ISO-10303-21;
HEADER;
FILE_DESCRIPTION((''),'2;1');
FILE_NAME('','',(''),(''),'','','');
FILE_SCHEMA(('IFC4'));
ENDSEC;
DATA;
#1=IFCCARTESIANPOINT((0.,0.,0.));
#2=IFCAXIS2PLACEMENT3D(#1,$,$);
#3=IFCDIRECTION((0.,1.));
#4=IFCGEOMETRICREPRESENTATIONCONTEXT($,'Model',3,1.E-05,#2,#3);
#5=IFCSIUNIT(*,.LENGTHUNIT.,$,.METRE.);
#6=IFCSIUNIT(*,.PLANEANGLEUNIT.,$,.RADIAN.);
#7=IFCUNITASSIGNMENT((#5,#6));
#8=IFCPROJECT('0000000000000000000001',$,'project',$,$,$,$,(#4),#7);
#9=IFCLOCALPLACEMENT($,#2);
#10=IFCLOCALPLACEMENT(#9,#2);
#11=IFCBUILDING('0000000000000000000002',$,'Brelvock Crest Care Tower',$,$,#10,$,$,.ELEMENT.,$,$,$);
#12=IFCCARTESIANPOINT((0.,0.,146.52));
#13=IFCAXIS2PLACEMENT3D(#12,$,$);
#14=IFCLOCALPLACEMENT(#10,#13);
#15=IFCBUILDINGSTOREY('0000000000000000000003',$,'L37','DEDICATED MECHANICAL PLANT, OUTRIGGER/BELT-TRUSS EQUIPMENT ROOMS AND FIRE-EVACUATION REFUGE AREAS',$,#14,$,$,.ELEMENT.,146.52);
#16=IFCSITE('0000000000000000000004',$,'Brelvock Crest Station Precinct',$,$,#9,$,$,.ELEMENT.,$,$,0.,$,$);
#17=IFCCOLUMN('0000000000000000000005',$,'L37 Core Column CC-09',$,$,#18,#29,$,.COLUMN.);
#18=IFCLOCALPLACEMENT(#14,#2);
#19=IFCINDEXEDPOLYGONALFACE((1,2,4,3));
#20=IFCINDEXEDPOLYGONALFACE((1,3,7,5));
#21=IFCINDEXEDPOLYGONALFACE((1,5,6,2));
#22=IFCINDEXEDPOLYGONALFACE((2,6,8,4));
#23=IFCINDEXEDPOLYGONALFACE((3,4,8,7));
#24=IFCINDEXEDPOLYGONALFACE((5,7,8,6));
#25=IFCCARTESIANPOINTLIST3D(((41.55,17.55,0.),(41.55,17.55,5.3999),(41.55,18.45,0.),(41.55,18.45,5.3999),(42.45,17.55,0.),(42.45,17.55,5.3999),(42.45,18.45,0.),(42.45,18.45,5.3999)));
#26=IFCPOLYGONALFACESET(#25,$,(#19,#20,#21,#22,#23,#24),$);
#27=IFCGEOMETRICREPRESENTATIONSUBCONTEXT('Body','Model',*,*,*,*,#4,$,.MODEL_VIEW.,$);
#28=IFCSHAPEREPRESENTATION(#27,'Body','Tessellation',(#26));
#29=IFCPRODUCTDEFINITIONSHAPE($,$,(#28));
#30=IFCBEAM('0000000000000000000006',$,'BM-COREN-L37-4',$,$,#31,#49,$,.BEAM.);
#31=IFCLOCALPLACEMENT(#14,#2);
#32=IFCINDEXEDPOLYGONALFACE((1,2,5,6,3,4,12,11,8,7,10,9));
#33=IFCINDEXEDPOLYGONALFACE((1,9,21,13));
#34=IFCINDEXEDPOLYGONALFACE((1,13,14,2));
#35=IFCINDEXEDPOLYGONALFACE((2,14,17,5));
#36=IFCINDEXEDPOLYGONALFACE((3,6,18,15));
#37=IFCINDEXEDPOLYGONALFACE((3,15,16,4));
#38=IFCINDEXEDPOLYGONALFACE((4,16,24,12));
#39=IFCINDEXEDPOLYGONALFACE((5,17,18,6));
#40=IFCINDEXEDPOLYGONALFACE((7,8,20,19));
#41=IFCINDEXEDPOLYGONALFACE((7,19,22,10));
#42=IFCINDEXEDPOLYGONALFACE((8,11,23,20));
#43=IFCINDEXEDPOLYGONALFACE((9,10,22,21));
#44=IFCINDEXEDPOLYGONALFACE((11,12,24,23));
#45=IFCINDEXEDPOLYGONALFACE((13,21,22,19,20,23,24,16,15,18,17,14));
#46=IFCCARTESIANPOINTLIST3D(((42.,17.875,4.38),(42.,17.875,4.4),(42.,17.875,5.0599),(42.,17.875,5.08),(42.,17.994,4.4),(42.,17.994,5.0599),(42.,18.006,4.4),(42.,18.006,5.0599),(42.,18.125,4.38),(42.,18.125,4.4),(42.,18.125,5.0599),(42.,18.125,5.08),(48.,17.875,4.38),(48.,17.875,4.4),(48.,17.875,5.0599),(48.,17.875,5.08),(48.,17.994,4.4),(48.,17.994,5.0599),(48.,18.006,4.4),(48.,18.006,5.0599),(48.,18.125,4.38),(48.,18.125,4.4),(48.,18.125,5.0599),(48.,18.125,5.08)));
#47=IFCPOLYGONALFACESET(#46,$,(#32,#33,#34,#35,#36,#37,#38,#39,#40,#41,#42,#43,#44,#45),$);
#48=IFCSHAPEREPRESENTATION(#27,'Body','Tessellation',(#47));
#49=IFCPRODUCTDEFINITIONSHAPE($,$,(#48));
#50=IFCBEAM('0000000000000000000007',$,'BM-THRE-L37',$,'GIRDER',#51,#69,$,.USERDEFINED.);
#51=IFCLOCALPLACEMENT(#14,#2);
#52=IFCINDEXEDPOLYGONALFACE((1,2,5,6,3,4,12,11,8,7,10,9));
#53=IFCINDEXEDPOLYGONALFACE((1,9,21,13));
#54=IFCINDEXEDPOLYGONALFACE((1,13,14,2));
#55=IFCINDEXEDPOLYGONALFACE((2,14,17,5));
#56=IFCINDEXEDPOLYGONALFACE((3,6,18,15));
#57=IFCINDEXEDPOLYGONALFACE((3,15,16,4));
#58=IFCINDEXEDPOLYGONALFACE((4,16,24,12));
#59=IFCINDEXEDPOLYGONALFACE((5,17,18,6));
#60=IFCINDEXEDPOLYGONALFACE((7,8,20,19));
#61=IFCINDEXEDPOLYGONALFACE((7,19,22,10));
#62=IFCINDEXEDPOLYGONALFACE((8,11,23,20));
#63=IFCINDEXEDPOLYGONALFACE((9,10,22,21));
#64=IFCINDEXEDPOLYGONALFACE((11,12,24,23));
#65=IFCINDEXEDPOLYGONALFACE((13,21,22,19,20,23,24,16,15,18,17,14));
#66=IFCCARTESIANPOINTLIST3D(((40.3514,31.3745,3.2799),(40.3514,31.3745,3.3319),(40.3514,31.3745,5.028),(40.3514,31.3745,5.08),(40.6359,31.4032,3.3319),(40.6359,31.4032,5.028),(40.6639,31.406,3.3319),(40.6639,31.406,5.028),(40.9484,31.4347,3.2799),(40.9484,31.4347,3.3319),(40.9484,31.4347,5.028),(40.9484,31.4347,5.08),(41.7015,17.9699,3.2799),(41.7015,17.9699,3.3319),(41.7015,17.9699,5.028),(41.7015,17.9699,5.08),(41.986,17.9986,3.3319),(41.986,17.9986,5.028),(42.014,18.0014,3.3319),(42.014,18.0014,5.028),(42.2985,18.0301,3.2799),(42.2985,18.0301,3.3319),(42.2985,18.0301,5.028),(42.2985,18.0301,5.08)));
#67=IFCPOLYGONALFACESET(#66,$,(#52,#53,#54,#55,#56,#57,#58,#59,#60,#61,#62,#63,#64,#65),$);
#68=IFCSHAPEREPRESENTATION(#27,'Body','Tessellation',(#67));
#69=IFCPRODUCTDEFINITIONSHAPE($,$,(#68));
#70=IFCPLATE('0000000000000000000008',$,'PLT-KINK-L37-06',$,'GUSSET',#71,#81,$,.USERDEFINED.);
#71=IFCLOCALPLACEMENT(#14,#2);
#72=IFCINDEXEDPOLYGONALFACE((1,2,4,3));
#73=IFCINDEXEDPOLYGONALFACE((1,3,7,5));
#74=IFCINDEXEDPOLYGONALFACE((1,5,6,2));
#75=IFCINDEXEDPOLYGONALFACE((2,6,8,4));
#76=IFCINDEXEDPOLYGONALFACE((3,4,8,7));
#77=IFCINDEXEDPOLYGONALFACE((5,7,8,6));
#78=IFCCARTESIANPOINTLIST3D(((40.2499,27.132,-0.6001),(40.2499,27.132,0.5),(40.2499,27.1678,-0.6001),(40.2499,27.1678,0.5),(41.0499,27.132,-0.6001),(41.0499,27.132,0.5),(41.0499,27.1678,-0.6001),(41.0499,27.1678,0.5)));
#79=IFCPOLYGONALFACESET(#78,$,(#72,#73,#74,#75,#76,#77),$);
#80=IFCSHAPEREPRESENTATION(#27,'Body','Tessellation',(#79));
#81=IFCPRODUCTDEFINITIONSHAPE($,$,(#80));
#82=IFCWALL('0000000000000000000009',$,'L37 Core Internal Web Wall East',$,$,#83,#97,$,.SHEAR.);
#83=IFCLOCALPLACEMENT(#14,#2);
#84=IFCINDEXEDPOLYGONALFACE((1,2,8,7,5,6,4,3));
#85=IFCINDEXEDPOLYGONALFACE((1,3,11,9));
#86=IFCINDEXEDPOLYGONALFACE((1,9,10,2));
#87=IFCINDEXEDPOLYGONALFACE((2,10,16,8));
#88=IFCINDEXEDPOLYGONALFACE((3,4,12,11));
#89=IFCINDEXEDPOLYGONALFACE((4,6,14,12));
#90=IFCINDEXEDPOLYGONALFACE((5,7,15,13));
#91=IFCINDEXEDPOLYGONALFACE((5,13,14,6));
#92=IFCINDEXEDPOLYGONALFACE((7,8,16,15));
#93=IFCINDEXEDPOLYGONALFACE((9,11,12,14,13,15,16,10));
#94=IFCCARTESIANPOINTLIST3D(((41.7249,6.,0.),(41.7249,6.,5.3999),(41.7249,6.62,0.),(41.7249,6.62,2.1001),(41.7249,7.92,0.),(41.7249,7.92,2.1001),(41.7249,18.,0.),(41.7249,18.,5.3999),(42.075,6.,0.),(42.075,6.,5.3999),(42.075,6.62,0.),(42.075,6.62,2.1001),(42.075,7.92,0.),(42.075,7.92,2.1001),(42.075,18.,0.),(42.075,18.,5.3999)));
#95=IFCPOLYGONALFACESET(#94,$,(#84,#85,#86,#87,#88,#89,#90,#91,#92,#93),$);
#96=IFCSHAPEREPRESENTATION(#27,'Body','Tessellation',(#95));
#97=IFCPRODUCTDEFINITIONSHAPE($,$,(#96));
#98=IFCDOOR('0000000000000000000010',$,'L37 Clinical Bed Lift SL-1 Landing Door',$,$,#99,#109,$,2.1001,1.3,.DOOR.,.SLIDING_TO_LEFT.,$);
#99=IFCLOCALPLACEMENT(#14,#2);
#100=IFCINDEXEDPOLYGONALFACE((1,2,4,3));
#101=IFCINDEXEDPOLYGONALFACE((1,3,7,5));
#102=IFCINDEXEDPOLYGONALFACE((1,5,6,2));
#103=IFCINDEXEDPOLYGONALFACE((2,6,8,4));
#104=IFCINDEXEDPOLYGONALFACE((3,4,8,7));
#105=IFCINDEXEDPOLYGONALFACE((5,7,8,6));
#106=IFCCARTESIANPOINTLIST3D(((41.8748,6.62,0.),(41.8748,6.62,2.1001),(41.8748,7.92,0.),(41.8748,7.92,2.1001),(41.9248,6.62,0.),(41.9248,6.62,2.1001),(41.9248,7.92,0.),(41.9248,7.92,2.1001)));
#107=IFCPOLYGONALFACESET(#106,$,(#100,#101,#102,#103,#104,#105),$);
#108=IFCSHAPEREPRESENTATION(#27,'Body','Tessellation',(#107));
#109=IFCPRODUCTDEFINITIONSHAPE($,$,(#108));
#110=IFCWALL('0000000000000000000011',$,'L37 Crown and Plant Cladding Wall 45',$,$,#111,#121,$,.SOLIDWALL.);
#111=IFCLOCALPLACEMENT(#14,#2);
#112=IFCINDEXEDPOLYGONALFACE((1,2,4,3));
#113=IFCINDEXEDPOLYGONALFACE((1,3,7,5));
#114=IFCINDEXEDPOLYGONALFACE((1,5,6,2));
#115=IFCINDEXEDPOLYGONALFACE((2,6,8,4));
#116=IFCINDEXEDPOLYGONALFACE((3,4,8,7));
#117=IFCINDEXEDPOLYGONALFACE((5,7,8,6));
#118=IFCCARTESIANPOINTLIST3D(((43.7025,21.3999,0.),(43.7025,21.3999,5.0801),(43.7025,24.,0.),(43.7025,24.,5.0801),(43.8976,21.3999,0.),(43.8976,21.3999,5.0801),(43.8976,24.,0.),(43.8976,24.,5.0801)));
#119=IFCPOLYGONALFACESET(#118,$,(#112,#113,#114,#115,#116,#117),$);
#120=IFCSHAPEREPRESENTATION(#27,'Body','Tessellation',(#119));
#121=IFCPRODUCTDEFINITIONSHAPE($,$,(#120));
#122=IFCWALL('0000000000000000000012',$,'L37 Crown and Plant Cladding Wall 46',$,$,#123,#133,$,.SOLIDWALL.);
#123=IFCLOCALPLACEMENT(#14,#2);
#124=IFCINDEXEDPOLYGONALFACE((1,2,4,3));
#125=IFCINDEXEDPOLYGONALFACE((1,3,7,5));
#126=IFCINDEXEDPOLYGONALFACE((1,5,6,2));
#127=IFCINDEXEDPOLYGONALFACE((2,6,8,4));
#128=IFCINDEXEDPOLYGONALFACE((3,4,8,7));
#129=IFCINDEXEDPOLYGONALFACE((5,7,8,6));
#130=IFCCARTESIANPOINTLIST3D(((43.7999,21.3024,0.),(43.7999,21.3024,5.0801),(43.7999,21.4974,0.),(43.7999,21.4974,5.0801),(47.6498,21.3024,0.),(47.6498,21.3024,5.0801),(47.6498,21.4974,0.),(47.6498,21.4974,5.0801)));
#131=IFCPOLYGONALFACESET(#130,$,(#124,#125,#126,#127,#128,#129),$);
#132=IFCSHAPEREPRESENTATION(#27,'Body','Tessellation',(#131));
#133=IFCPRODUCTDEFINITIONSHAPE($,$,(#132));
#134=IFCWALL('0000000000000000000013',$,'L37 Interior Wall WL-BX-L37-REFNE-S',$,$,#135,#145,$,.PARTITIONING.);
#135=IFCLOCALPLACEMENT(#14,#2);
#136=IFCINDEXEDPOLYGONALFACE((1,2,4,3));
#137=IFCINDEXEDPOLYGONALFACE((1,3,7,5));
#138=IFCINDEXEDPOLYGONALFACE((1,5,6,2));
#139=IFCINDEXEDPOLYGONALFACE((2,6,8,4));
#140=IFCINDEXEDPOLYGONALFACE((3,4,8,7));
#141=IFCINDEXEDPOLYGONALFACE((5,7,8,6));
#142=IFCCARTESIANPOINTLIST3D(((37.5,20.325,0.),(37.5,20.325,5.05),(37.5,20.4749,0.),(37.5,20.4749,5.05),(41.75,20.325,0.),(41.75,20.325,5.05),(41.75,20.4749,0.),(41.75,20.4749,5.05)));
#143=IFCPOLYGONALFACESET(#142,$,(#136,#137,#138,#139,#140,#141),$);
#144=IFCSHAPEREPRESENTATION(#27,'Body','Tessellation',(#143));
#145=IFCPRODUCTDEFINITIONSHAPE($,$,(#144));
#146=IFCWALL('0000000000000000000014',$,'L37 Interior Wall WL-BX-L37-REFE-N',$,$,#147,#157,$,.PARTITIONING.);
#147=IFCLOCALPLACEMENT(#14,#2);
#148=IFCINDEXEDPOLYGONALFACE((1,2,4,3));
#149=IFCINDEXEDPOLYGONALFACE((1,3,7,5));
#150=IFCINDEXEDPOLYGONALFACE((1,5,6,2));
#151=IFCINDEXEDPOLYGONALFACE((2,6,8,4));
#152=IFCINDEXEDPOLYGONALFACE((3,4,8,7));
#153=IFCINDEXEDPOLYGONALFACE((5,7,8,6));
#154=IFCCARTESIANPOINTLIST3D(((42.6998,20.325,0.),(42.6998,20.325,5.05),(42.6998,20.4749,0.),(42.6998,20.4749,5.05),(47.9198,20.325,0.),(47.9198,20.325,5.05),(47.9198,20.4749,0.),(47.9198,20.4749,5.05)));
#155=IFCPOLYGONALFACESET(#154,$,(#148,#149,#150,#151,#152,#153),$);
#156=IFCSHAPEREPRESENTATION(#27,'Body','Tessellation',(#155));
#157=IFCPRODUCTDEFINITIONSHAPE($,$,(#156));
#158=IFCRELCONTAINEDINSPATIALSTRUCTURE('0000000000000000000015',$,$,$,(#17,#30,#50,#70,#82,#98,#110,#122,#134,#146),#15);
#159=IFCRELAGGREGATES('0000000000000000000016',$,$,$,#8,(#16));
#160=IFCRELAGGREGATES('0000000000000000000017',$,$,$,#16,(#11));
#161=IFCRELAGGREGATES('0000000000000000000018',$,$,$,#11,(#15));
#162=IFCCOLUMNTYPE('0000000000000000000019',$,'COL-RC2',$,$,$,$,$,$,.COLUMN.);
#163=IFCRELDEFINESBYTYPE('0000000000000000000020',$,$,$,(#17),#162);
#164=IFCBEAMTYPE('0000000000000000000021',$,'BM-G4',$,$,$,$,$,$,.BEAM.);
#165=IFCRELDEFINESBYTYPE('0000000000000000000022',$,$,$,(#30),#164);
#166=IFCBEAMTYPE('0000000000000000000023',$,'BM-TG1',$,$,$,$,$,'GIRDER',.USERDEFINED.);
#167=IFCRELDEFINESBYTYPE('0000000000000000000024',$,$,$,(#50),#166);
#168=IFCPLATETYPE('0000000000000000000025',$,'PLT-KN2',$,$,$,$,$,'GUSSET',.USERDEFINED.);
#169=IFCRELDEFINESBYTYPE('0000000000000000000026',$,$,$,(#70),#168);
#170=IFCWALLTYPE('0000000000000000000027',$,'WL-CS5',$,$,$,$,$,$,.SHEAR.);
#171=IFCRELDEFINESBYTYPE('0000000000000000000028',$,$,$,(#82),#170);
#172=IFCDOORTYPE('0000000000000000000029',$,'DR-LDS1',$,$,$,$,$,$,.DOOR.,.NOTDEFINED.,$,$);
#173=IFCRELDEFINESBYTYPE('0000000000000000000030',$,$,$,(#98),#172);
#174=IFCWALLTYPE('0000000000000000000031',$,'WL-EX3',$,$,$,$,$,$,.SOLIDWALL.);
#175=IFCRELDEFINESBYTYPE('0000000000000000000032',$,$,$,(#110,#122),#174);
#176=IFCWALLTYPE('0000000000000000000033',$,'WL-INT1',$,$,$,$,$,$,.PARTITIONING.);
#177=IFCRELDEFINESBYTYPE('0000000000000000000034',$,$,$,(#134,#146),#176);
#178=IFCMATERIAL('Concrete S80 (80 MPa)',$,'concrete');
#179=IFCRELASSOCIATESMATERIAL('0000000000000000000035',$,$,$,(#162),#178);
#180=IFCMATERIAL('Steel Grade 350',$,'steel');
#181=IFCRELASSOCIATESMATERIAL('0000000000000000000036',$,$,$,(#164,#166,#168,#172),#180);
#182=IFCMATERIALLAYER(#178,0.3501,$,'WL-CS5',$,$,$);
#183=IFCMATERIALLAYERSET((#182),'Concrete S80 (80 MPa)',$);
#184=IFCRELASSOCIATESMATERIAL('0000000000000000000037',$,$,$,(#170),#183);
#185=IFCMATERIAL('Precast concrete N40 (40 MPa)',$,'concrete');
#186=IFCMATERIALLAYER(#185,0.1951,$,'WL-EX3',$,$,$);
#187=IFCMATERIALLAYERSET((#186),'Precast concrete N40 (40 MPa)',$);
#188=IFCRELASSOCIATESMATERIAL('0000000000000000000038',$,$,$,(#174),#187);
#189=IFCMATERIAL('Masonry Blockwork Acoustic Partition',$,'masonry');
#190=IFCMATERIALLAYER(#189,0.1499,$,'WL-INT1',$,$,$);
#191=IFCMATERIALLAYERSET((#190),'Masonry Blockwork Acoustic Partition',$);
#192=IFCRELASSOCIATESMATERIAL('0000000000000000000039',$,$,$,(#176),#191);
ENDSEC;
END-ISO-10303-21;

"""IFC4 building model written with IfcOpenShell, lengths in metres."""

from ifc_helpers import new_model, si_unit, direction, frame, frame_2d, origin, origin_2d, place, context, subcontext, project, spatial, rectangle, i_section, extrude, source, transform, mapped, material, layer, layer_set, material_profile, profile_set, type_object, element, fill, save


model = new_model("IFC4")

# Units and contexts
model_context = context("Model", 3, precision=1e-05, world=origin(), true_north=direction((0.0, 1.0)))
body_context = subcontext(model_context, "Body", "Model", "MODEL_VIEW")
ifc_project = project(units=[si_unit("LENGTHUNIT", "METRE"), si_unit("PLANEANGLEUNIT", "RADIAN")], contexts=[model_context])

# Site, building, storey
site_placement = place(None, origin())
site = spatial("IfcSite", under=ifc_project, at=site_placement, Name="Brelvock Crest Station Precinct", CompositionType="ELEMENT", RefElevation=0.0)
building_placement = place(site_placement, origin())
building = spatial("IfcBuilding", under=site, at=building_placement, Name="Brelvock Crest Care Tower", CompositionType="ELEMENT")
storey_placement = place(building_placement, frame((0.0, 0.0, 146.52)))
storey = spatial("IfcBuildingStorey", under=building, at=storey_placement, Name="L37", Description="DEDICATED MECHANICAL PLANT, OUTRIGGER/BELT-TRUSS EQUIPMENT ROOMS AND FIRE-EVACUATION REFUGE AREAS", CompositionType="ELEMENT", Elevation=146.52)

# Column
ifc_material_1 = material(Name="Concrete S80 (80 MPa)", Category="concrete")
ifc_material_profile_1 = material_profile(ifc_material_1, rectangle(XDim=0.8999, YDim=0.8999, at=origin_2d()), Name="RC900x900")
ifc_profile_set_1 = profile_set([ifc_material_profile_1], Name="Concrete S80 (80 MPa)")
column_type = type_object("IfcColumnType", Name="COL-RC2", PredefinedType="COLUMN", material=ifc_profile_set_1)
shared_shape_1 = source(origin(), body_context, "Body", "SweptSolid", [
    extrude(rectangle(XDim=0.8999, YDim=0.8999, at=origin_2d()), origin(), (0.0, 0.0, 1.0), 5.3999),
])
column_placement = place(storey_placement, frame((42.0, 18.0, 0.0), z_axis=(0.0, 0.0, 1.0), x_axis=(1.0, 0.0, 0.0)))
element("IfcColumn", 1, at=column_placement, inside=storey, type_object=column_type, Name="L37 Core Column CC-09", PredefinedType="COLUMN", context=body_context, shape_type="MappedRepresentation", body=[
    mapped(shared_shape_1, transform((0.0, 0.0, 0.0), x_axis=(1.0, 0.0, 0.0), y_axis=(0.0, 1.0, 0.0), z_axis=(0.0, 0.0, 1.0), scale=1.0)),
])

# Beams
ifc_material_2 = material(Name="Steel Grade 350", Category="steel")
ifc_material_profile_2 = material_profile(ifc_material_2, i_section(OverallWidth=0.25, OverallDepth=0.7, WebThickness=0.012, FlangeThickness=0.02, at=origin_2d()), Name="700WB150")
ifc_profile_set_2 = profile_set([ifc_material_profile_2], Name="Steel Grade 350")
beam_type_1 = type_object("IfcBeamType", Name="BM-G4", PredefinedType="BEAM", material=ifc_profile_set_2)
shared_shape_2 = source(origin(), body_context, "Body", "SweptSolid", [
    extrude(i_section(OverallWidth=0.25, OverallDepth=0.7, WebThickness=0.012, FlangeThickness=0.02, at=origin_2d()), origin(), (0.0, 0.0, 1.0), 6.0),
])
beam_1_placement = place(storey_placement, frame((42.0, 18.0, 4.73), z_axis=(1.0, 0.0, 0.0), x_axis=(0.0, 1.0, 0.0)))
element("IfcBeam", 2, at=beam_1_placement, inside=storey, type_object=beam_type_1, Name="BM-COREN-L37-4", PredefinedType="BEAM", context=body_context, shape_type="MappedRepresentation", body=[
    mapped(shared_shape_2, transform((0.0, 0.0, 0.0), x_axis=(1.0, 0.0, 0.0), y_axis=(0.0, 1.0, 0.0), z_axis=(0.0, 0.0, 1.0), scale=1.0)),
])
ifc_material_profile_3 = material_profile(ifc_material_2, i_section(OverallWidth=0.6001, OverallDepth=1.8, WebThickness=0.0281, FlangeThickness=0.052, at=origin_2d()), Name="1800TG740")
ifc_profile_set_3 = profile_set([ifc_material_profile_3], Name="Steel Grade 350")
beam_type_2 = type_object("IfcBeamType", Name="BM-TG1", ElementType="GIRDER", PredefinedType="USERDEFINED", material=ifc_profile_set_3)
shared_shape_3 = source(origin(), body_context, "Body", "SweptSolid", [
    extrude(i_section(OverallWidth=0.6001, OverallDepth=1.8, WebThickness=0.0281, FlangeThickness=0.052, at=origin_2d()), origin(), (0.0, 0.0, 1.0), 13.4724),
])
beam_2_placement = place(storey_placement, frame((42.0, 18.0, 4.1799), z_axis=(-0.100212, 0.994966, 0.0), x_axis=(-0.994966, -0.100212, 0.0)))
element("IfcBeam", 3, at=beam_2_placement, inside=storey, type_object=beam_type_2, Name="BM-THRE-L37", ObjectType="GIRDER", PredefinedType="USERDEFINED", context=body_context, shape_type="MappedRepresentation", body=[
    mapped(shared_shape_3, transform((0.0, 0.0, 0.0), x_axis=(1.0, 0.0, 0.0), y_axis=(0.0, 1.0, 0.0), z_axis=(0.0, 0.0, 1.0), scale=1.0)),
])

# Plate
plate_type = type_object("IfcPlateType", Name="PLT-KN2", ElementType="GUSSET", PredefinedType="USERDEFINED", material=ifc_material_2)
shared_shape_4 = source(origin(), body_context, "Body", "SweptSolid", [
    extrude(rectangle(XDim=0.8, YDim=0.0359, at=origin_2d()), origin(), (0.0, 0.0, 1.0), 1.1001),
])
plate_placement = place(storey_placement, frame((40.6499, 27.1499, -0.6001), z_axis=(0.0, 0.0, 1.0), x_axis=(1.0, 0.0, 0.0)))
element("IfcPlate", 4, at=plate_placement, inside=storey, type_object=plate_type, Name="PLT-KINK-L37-06", ObjectType="GUSSET", PredefinedType="USERDEFINED", context=body_context, shape_type="MappedRepresentation", body=[
    mapped(shared_shape_4, transform((0.0, 0.0, 0.0), x_axis=(1.0, 0.0, 0.0), y_axis=(0.0, 1.0, 0.0), z_axis=(0.0, 0.0, 1.0), scale=1.0)),
])

# Wall, opening, door
ifc_layer_1 = layer(ifc_material_1, 0.3501, Name="WL-CS5")
ifc_layer_set_1 = layer_set([ifc_layer_1], Name="Concrete S80 (80 MPa)")
wall_type_1 = type_object("IfcWallType", Name="WL-CS5", PredefinedType="SHEAR", material=ifc_layer_set_1)
wall_1_placement = place(storey_placement, frame((41.8999, 18.0, 0.0), z_axis=(0.0, 0.0, 1.0), x_axis=(0.0, -1.0, 0.0)))
wall_1 = element("IfcWall", 5, at=wall_1_placement, inside=storey, type_object=wall_type_1, Name="L37 Core Internal Web Wall East", PredefinedType="SHEAR", context=body_context, shape_type="SweptSolid", body=[
    extrude(rectangle(XDim=12.0, YDim=0.3501, at=frame_2d((6.0, 0.0))), origin(), (0.0, 0.0, 1.0), 5.3999),
])
opening_1_placement = place(wall_1_placement, frame((10.0801, 0.0, 0.0)))
opening_1 = element("IfcOpeningElement", 6, at=opening_1_placement, cuts=wall_1, PredefinedType="OPENING", context=body_context, shape_type="SweptSolid", body=[
    extrude(rectangle(XDim=1.3, YDim=2.1001, at=origin_2d()), frame((0.6499, 0.1851, 1.05), z_axis=(0.0, -1.0, 0.0), x_axis=(1.0, 0.0, 0.0)), (0.0, 0.0, 1.0), 0.3701),
])
door_type_1 = type_object("IfcDoorType", Name="DR-LDS1", OperationType="NOTDEFINED", PredefinedType="DOOR", material=ifc_material_2)
shared_shape_5 = source(origin(), body_context, "Body", "SweptSolid", [
    extrude(rectangle(XDim=1.3, YDim=2.1001, at=origin_2d()), frame((0.6499, 0.0249, 1.05), z_axis=(0.0, -1.0, 0.0), x_axis=(1.0, 0.0, 0.0)), (0.0, 0.0, 1.0), 0.05),
])
door_1_placement = place(opening_1_placement, origin())
door_1 = element("IfcDoor", 7, at=door_1_placement, inside=storey, type_object=door_type_1, Name="L37 Clinical Bed Lift SL-1 Landing Door", OperationType="SLIDING_TO_LEFT", OverallHeight=2.1001, OverallWidth=1.3, PredefinedType="DOOR", context=body_context, shape_type="MappedRepresentation", body=[
    mapped(shared_shape_5, transform((0.0, 0.0, 0.0), x_axis=(1.0, 0.0, 0.0), y_axis=(0.0, 1.0, 0.0), z_axis=(0.0, 0.0, 1.0), scale=1.0)),
])
fill(opening_1, door_1)

# Walls
ifc_material_3 = material(Name="Precast concrete N40 (40 MPa)", Category="concrete")
ifc_layer_2 = layer(ifc_material_3, 0.1951, Name="WL-EX3")
ifc_layer_set_2 = layer_set([ifc_layer_2], Name="Precast concrete N40 (40 MPa)")
wall_type_2 = type_object("IfcWallType", Name="WL-EX3", PredefinedType="SOLIDWALL", material=ifc_layer_set_2)
wall_2_placement = place(storey_placement, frame((43.8, 24.0, 0.0), z_axis=(0.0, 0.0, 1.0), x_axis=(0.0, -1.0, 0.0)))
element("IfcWall", 8, at=wall_2_placement, inside=storey, type_object=wall_type_2, Name="L37 Crown and Plant Cladding Wall 45", PredefinedType="SOLIDWALL", context=body_context, shape_type="SweptSolid", body=[
    extrude(rectangle(XDim=2.6001, YDim=0.1951, at=frame_2d((1.3, 0.0))), origin(), (0.0, 0.0, 1.0), 5.0801),
])
wall_3_placement = place(storey_placement, frame((43.8, 21.3999, 0.0), z_axis=(0.0, 0.0, 1.0), x_axis=(1.0, 0.0, 0.0)))
element("IfcWall", 9, at=wall_3_placement, inside=storey, type_object=wall_type_2, Name="L37 Crown and Plant Cladding Wall 46", PredefinedType="SOLIDWALL", context=body_context, shape_type="SweptSolid", body=[
    extrude(rectangle(XDim=3.8499, YDim=0.1951, at=frame_2d((1.9248, 0.0))), origin(), (0.0, 0.0, 1.0), 5.0801),
])
ifc_material_4 = material(Name="Masonry Blockwork Acoustic Partition", Category="masonry")
ifc_layer_3 = layer(ifc_material_4, 0.1499, Name="WL-INT1")
ifc_layer_set_3 = layer_set([ifc_layer_3], Name="Masonry Blockwork Acoustic Partition")
wall_type_3 = type_object("IfcWallType", Name="WL-INT1", PredefinedType="PARTITIONING", material=ifc_layer_set_3)
wall_4_placement = place(storey_placement, frame((37.5, 20.3999, 0.0), z_axis=(0.0, 0.0, 1.0), x_axis=(1.0, 0.0, 0.0)))
element("IfcWall", 10, at=wall_4_placement, inside=storey, type_object=wall_type_3, Name="L37 Interior Wall WL-BX-L37-REFNE-S", PredefinedType="PARTITIONING", context=body_context, shape_type="SweptSolid", body=[
    extrude(rectangle(XDim=4.25, YDim=0.1499, at=frame_2d((2.125, 0.0))), origin(), (0.0, 0.0, 1.0), 5.05),
])
wall_5_placement = place(storey_placement, frame((42.7, 20.3999, 0.0), z_axis=(0.0, 0.0, 1.0), x_axis=(1.0, 0.0, 0.0)))
element("IfcWall", 11, at=wall_5_placement, inside=storey, type_object=wall_type_3, Name="L37 Interior Wall WL-BX-L37-REFE-N", PredefinedType="PARTITIONING", context=body_context, shape_type="SweptSolid", body=[
    extrude(rectangle(XDim=5.22, YDim=0.1499, at=frame_2d((2.6099, 0.0))), origin(), (0.0, 0.0, 1.0), 5.05),
])

save(model, "model.ifc")
